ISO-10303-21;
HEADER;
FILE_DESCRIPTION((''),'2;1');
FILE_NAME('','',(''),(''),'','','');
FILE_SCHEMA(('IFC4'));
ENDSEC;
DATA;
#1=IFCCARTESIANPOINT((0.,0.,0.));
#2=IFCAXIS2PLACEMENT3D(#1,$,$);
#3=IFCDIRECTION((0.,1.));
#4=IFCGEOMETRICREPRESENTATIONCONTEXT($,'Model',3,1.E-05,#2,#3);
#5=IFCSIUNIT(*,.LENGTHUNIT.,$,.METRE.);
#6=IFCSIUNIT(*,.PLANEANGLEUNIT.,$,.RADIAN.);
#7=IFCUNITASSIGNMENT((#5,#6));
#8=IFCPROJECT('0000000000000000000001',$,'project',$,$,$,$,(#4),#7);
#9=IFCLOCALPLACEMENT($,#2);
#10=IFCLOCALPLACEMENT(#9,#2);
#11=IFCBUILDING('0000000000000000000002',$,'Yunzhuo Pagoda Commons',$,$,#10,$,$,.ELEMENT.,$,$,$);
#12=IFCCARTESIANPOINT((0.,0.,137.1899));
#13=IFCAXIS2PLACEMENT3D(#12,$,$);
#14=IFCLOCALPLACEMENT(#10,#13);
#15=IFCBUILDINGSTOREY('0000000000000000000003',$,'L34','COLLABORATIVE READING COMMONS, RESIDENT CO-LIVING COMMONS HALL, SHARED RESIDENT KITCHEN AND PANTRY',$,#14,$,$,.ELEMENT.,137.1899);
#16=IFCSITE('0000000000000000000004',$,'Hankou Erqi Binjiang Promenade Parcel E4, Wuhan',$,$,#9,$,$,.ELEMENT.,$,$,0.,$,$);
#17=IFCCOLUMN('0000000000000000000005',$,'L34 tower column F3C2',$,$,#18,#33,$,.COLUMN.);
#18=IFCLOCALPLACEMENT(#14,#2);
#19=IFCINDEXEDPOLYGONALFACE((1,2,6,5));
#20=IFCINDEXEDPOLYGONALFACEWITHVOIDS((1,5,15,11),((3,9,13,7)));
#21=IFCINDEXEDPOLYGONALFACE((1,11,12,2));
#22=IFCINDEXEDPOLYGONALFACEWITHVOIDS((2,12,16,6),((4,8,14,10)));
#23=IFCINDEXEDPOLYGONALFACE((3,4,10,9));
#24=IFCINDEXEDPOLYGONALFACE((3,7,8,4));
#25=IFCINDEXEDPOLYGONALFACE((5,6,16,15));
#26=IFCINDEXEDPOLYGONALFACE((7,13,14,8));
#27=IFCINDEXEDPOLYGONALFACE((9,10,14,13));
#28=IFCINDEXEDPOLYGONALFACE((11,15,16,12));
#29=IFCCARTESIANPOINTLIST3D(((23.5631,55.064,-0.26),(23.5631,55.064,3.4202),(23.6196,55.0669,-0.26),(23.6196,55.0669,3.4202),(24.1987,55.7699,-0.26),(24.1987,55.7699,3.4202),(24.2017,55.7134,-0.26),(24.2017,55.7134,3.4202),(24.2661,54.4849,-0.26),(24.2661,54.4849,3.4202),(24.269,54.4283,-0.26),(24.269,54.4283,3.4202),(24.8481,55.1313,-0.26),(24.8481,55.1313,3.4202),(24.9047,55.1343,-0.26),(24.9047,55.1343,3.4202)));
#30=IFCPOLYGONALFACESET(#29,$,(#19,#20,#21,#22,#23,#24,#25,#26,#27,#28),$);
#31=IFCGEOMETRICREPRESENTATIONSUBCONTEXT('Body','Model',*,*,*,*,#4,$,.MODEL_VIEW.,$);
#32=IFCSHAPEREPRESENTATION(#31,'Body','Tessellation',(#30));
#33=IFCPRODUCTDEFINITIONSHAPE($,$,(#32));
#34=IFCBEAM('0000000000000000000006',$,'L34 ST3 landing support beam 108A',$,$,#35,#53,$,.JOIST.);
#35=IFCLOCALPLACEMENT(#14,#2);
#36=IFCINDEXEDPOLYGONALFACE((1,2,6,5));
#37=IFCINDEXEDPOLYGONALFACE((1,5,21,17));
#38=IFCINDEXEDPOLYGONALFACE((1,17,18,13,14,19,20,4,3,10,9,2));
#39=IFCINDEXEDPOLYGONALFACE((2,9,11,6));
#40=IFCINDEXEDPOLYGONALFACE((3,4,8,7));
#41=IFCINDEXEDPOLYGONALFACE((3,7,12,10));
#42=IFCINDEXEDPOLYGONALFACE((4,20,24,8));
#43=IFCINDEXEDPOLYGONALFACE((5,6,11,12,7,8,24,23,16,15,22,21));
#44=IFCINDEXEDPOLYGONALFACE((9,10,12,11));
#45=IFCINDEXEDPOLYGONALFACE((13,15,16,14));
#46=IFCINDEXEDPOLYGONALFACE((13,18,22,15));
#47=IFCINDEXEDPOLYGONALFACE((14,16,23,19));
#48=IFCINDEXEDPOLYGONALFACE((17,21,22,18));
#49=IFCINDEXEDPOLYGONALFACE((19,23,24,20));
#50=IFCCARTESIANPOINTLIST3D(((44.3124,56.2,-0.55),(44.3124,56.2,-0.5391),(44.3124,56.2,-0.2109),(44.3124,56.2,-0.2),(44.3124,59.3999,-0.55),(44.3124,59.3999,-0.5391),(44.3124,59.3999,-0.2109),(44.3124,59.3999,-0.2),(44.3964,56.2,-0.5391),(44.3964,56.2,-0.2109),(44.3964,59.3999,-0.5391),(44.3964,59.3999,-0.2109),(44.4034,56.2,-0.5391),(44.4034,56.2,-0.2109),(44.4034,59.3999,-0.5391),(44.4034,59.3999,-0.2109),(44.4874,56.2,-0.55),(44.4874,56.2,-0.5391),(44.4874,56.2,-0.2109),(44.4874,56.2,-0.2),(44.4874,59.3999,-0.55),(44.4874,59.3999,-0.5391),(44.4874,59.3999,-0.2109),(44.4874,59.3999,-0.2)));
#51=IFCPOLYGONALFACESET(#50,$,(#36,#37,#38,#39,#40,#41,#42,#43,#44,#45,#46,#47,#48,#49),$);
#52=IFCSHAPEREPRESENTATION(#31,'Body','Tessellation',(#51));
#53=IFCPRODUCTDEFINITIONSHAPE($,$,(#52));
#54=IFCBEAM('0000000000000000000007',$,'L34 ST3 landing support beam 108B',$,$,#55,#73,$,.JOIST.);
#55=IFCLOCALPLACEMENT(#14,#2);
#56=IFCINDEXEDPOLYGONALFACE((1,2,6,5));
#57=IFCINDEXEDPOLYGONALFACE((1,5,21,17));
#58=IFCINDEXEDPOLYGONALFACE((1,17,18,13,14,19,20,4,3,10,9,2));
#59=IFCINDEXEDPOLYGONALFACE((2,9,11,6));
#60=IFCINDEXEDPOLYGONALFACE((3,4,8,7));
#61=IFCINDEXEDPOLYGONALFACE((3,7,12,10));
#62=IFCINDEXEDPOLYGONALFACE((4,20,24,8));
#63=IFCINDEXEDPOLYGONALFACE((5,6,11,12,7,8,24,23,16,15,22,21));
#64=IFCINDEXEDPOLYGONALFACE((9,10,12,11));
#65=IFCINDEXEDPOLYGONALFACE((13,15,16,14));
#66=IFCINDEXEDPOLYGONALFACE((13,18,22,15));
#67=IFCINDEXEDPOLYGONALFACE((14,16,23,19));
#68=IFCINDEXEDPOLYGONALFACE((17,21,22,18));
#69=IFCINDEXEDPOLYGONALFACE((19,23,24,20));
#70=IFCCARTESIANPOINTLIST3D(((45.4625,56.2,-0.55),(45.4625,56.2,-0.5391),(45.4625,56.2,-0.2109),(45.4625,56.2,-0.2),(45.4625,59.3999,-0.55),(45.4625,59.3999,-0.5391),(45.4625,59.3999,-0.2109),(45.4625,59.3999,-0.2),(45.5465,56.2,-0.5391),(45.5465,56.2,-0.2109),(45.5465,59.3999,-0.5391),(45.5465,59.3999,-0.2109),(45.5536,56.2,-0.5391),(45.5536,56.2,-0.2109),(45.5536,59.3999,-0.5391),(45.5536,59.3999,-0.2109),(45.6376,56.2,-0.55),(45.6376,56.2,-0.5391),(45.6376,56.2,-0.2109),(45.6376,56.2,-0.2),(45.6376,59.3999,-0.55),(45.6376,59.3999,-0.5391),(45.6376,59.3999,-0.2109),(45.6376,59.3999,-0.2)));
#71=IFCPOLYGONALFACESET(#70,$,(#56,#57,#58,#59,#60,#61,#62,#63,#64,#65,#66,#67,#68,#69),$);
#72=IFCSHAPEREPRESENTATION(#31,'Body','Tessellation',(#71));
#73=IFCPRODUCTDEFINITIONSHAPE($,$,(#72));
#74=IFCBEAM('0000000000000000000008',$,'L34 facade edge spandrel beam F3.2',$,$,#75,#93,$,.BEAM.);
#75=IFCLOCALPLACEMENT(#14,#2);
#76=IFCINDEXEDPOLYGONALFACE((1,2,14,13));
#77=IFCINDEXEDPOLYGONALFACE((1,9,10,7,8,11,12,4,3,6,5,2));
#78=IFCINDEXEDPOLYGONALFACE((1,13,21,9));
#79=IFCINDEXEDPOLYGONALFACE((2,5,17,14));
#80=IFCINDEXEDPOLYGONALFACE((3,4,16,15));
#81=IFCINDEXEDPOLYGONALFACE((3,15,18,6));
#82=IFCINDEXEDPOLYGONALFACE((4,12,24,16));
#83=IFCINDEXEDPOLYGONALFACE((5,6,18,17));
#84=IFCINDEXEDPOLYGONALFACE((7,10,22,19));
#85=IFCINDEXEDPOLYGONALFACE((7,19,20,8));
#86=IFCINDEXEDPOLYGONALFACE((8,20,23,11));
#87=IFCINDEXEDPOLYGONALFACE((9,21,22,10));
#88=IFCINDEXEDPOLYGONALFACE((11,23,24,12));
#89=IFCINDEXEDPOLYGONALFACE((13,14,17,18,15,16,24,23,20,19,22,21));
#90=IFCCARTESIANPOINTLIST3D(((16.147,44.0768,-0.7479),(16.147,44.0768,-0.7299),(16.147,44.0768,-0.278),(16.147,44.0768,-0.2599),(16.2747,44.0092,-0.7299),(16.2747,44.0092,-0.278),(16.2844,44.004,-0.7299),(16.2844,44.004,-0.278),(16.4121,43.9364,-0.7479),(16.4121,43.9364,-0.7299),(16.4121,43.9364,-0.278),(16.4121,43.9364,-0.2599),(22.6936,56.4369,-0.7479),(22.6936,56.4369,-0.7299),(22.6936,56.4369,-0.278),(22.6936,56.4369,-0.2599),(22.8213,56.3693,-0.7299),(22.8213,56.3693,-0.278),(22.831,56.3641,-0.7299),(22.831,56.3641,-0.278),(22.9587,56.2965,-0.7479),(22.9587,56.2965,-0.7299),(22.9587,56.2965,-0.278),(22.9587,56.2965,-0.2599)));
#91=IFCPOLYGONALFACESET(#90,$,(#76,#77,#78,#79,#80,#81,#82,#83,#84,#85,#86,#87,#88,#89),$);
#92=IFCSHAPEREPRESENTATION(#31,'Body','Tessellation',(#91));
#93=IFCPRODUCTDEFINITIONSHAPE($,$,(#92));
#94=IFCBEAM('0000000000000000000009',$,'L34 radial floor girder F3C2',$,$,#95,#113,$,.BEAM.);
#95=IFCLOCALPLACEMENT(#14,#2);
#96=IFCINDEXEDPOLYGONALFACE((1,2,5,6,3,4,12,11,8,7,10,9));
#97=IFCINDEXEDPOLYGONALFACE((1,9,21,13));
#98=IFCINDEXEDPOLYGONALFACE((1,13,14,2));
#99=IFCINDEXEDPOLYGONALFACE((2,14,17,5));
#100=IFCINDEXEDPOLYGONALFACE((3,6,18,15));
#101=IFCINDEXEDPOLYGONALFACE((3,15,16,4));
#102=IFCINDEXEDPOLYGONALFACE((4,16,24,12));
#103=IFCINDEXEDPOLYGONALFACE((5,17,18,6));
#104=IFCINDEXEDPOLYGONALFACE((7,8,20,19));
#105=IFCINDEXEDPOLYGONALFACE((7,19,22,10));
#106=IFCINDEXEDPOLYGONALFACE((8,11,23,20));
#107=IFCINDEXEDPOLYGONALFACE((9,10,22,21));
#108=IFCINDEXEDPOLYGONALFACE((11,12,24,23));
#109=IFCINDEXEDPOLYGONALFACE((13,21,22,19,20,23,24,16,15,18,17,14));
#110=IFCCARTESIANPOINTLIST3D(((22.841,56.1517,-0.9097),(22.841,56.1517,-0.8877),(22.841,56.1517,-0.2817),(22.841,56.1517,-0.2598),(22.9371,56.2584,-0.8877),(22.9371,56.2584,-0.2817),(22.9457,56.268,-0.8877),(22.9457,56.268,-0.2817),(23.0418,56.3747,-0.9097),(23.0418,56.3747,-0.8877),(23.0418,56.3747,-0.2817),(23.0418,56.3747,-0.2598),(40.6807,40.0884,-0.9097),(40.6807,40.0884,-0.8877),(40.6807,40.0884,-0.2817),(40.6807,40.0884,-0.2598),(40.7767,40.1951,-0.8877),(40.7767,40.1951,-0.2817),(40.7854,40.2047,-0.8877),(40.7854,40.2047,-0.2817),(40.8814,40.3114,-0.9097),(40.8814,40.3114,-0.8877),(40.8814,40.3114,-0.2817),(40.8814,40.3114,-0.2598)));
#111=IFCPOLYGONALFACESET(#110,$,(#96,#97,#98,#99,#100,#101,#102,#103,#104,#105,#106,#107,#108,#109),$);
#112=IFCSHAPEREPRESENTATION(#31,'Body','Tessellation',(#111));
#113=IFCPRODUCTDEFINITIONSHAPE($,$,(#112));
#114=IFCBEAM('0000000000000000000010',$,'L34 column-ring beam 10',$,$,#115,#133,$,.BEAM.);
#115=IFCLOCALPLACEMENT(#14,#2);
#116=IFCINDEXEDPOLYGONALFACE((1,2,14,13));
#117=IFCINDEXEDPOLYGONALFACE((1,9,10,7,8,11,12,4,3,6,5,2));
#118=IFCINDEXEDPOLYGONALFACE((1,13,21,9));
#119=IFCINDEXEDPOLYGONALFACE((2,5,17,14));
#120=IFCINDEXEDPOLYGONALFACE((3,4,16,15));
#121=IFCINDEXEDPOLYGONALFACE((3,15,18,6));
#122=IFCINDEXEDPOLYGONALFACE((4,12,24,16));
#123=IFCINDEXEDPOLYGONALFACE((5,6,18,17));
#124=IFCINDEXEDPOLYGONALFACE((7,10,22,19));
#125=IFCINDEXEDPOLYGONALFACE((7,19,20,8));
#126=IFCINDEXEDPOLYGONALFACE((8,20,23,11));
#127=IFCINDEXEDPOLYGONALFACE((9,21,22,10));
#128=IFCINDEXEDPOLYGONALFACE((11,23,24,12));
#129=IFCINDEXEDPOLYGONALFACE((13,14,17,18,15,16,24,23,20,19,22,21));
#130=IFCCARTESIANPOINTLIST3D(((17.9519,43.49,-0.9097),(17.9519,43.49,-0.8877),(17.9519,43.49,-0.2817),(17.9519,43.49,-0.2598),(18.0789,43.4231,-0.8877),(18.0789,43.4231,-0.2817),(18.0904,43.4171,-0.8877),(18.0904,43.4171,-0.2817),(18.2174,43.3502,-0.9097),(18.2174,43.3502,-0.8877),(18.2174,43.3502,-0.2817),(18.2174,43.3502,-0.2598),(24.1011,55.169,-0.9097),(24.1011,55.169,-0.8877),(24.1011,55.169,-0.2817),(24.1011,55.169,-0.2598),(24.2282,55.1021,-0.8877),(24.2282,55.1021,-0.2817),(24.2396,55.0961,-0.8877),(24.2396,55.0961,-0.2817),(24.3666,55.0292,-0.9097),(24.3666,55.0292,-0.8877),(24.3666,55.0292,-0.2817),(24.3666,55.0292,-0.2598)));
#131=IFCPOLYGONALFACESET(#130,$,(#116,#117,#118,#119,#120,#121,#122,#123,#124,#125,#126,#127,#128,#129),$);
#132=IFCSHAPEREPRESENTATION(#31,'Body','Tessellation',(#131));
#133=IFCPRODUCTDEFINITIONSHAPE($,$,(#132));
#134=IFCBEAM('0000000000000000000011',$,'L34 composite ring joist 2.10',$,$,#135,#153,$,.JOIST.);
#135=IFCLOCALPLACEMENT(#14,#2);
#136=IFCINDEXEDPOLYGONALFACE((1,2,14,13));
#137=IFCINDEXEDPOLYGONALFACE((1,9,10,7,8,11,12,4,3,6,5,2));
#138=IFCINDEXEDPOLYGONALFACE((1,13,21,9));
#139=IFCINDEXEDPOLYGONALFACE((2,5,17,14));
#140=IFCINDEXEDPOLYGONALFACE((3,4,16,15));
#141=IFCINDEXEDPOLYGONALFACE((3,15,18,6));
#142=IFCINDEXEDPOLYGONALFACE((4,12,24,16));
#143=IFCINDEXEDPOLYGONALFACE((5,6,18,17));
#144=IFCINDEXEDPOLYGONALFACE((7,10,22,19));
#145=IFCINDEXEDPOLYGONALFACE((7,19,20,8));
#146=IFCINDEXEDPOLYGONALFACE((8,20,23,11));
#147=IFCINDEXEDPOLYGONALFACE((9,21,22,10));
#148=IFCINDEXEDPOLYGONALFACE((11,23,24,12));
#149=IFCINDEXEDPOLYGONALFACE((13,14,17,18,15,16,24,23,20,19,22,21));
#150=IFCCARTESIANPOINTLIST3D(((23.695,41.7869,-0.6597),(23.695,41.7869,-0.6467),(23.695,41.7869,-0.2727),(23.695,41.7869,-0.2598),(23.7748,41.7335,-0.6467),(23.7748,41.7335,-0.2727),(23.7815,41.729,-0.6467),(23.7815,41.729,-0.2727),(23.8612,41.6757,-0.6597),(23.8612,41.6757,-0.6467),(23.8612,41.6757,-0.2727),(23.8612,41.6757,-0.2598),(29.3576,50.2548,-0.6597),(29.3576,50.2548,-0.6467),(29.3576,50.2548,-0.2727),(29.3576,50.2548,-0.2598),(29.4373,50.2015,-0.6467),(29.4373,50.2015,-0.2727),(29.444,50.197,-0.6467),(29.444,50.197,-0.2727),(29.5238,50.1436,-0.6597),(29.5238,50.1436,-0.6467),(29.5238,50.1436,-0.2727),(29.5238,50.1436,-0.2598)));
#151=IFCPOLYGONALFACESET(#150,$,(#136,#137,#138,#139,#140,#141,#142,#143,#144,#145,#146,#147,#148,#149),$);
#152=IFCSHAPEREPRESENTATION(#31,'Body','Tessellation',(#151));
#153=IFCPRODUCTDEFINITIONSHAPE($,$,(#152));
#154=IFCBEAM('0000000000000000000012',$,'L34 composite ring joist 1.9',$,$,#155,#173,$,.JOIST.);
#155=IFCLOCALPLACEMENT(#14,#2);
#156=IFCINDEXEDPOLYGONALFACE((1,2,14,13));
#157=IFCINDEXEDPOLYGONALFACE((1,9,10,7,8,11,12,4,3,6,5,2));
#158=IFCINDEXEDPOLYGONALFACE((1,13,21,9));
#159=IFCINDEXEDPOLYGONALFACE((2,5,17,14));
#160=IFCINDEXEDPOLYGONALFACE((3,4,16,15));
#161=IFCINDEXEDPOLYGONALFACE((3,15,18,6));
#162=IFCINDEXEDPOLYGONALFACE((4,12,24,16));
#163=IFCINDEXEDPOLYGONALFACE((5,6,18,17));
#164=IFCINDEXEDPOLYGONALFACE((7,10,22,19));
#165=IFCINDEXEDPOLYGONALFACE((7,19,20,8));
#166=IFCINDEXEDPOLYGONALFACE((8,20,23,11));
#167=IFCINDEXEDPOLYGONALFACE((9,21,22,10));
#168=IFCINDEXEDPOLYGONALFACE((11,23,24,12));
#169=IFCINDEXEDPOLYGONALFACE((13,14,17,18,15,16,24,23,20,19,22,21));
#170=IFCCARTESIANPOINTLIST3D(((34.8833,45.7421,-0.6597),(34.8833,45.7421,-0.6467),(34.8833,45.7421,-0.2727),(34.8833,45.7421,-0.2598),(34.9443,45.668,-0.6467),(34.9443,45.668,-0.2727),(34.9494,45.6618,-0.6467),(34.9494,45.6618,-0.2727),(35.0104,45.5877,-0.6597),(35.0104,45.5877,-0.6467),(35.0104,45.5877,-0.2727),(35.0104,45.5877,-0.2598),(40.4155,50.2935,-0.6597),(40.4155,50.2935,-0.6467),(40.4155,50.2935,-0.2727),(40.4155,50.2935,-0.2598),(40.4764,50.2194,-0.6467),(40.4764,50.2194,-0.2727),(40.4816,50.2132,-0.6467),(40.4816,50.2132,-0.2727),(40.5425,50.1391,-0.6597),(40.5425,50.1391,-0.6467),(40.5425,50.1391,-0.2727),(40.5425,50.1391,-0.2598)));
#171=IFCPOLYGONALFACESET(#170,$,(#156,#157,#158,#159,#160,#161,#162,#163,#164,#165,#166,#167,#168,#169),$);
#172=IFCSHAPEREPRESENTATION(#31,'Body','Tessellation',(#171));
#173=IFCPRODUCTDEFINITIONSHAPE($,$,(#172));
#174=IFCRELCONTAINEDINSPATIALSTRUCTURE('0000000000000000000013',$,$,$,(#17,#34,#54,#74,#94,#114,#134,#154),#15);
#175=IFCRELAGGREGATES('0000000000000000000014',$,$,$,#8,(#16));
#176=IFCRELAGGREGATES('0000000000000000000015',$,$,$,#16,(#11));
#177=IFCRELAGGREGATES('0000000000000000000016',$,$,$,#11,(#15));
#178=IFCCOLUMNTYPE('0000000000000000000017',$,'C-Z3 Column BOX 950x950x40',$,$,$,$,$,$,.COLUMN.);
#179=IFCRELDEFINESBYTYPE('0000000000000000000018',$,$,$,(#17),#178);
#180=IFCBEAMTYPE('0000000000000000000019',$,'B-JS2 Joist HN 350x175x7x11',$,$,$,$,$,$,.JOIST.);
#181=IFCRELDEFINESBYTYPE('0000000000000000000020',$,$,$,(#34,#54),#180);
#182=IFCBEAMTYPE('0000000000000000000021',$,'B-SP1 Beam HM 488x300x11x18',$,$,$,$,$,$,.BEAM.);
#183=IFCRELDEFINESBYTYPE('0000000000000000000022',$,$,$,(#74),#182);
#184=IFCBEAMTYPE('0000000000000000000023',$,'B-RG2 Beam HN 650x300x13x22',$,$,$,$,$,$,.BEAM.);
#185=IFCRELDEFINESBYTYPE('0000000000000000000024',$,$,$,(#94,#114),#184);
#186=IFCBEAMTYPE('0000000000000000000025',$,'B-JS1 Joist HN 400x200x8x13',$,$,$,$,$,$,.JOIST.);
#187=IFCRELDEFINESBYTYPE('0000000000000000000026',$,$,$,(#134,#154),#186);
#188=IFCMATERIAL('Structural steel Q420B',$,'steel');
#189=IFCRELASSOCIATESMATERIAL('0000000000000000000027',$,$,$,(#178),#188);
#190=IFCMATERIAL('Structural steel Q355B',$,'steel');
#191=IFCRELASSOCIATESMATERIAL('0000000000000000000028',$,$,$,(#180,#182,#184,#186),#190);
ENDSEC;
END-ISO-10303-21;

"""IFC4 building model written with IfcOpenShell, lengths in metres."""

from ifc_helpers import new_model, si_unit, direction, frame, origin, origin_2d, place, context, subcontext, project, spatial, hollow_rectangle, i_section, extrude, source, transform, mapped, material, material_profile, profile_set, type_object, element, save


model = new_model("IFC4")

# Units and contexts
model_context = context("Model", 3, precision=1e-05, world=origin(), true_north=direction((0.0, 1.0)))
body_context = subcontext(model_context, "Body", "Model", "MODEL_VIEW")
ifc_project = project(units=[si_unit("LENGTHUNIT", "METRE"), si_unit("PLANEANGLEUNIT", "RADIAN")], contexts=[model_context])

# Site, building, storey
site_placement = place(None, origin())
site = spatial("IfcSite", under=ifc_project, at=site_placement, Name="Hankou Erqi Binjiang Promenade Parcel E4, Wuhan", CompositionType="ELEMENT", RefElevation=0.0)
building_placement = place(site_placement, origin())
building = spatial("IfcBuilding", under=site, at=building_placement, Name="Yunzhuo Pagoda Commons", CompositionType="ELEMENT")
storey_placement = place(building_placement, frame((0.0, 0.0, 137.1899)))
storey = spatial("IfcBuildingStorey", under=building, at=storey_placement, Name="L34", Description="COLLABORATIVE READING COMMONS, RESIDENT CO-LIVING COMMONS HALL, SHARED RESIDENT KITCHEN AND PANTRY", CompositionType="ELEMENT", Elevation=137.1899)

# Column
ifc_material_1 = material(Name="Structural steel Q420B", Category="steel")
ifc_material_profile_1 = material_profile(ifc_material_1, hollow_rectangle(XDim=0.95, YDim=0.95, WallThickness=0.04, at=origin_2d()), Name="Structural steel Q420B")
ifc_profile_set_1 = profile_set([ifc_material_profile_1], Name="Structural steel Q420B")
column_type = type_object("IfcColumnType", Name="C-Z3 Column BOX 950x950x40", PredefinedType="COLUMN", material=ifc_profile_set_1)
shared_shape_1 = source(origin(), body_context, "Body", "SweptSolid", [
    extrude(hollow_rectangle(XDim=0.95, YDim=0.95, WallThickness=0.04, at=origin_2d()), origin(), (0.0, 0.0, 1.0), 3.6802),
])
column_placement = place(storey_placement, frame((24.2339, 55.0991, -0.26), z_axis=(0.0, 0.0, 1.0), x_axis=(-0.669131, -0.743145, 0.0)))
element("IfcColumn", 1, at=column_placement, inside=storey, type_object=column_type, Name="L34 tower column F3C2", PredefinedType="COLUMN", context=body_context, shape_type="MappedRepresentation", body=[
    mapped(shared_shape_1, transform((0.0, 0.0, 0.0), scale=1.0)),
])

# Beams
ifc_material_2 = material(Name="Structural steel Q355B", Category="steel")
ifc_material_profile_2 = material_profile(ifc_material_2, i_section(OverallWidth=0.175, OverallDepth=0.3501, WebThickness=0.0071, FlangeThickness=0.011, at=origin_2d()), Name="Structural steel Q355B")
ifc_profile_set_2 = profile_set([ifc_material_profile_2], Name="Structural steel Q355B")
beam_type_1 = type_object("IfcBeamType", Name="B-JS2 Joist HN 350x175x7x11", PredefinedType="JOIST", material=ifc_profile_set_2)
shared_shape_2 = source(origin(), body_context, "Body", "SweptSolid", [
    extrude(i_section(OverallWidth=0.175, OverallDepth=0.3501, WebThickness=0.0071, FlangeThickness=0.011, at=origin_2d()), origin(), (0.0, 0.0, 1.0), 3.2),
])
for number, where, z_axis, x_axis, name in (
    (2, (44.3999, 56.2, -0.375), (0.0, 1.0, 0.0), (-1.0, 0.0, 0.0), "L34 ST3 landing support beam 108A"),
    (3, (45.55, 56.2, -0.375), (0.0, 1.0, 0.0), (-1.0, 0.0, 0.0), "L34 ST3 landing support beam 108B"),
):
    element("IfcBeam", number, at=place(storey_placement, frame(where, z_axis=z_axis, x_axis=x_axis)), inside=storey, type_object=beam_type_1, Name=name, PredefinedType="JOIST", context=body_context, shape_type="MappedRepresentation", body=[
        mapped(shared_shape_2, transform((0.0, 0.0, 0.0), scale=1.0)),
    ])
ifc_material_profile_3 = material_profile(ifc_material_2, i_section(OverallWidth=0.3, OverallDepth=0.488, WebThickness=0.011, FlangeThickness=0.0181, at=origin_2d()), Name="Structural steel Q355B")
ifc_profile_set_3 = profile_set([ifc_material_profile_3], Name="Structural steel Q355B")
beam_type_2 = type_object("IfcBeamType", Name="B-SP1 Beam HM 488x300x11x18", PredefinedType="BEAM", material=ifc_profile_set_3)
shared_shape_3 = source(origin(), body_context, "Body", "SweptSolid", [
    extrude(i_section(OverallWidth=0.3, OverallDepth=0.488, WebThickness=0.011, FlangeThickness=0.0181, at=origin_2d()), origin(), (0.0, 0.0, 1.0), 13.9868),
])
beam_1_placement = place(storey_placement, frame((22.8262, 56.3667, -0.5039), z_axis=(-0.468058, -0.883698, 0.0), x_axis=(0.883698, -0.468058, 0.0)))
element("IfcBeam", 4, at=beam_1_placement, inside=storey, type_object=beam_type_2, Name="L34 facade edge spandrel beam F3.2", PredefinedType="BEAM", context=body_context, shape_type="MappedRepresentation", body=[
    mapped(shared_shape_3, transform((0.0, 0.0, 0.0), scale=1.0)),
])
ifc_material_profile_4 = material_profile(ifc_material_2, i_section(OverallWidth=0.3, OverallDepth=0.6499, WebThickness=0.0129, FlangeThickness=0.022, at=origin_2d()), Name="Structural steel Q355B")
ifc_profile_set_4 = profile_set([ifc_material_profile_4], Name="Structural steel Q355B")
beam_type_3 = type_object("IfcBeamType", Name="B-RG2 Beam HN 650x300x13x22", PredefinedType="BEAM", material=ifc_profile_set_4)
shared_shape_4 = source(origin(), body_context, "Body", "SweptSolid", [
    extrude(i_section(OverallWidth=0.3, OverallDepth=0.6499, WebThickness=0.0129, FlangeThickness=0.022, at=origin_2d()), origin(), (0.0, 0.0, 1.0), 24.0059),
])
beam_2_placement = place(storey_placement, frame((22.9414, 56.2632, -0.5847), z_axis=(0.743137, -0.669139, 0.0), x_axis=(0.669139, 0.743137, 0.0)))
element("IfcBeam", 5, at=beam_2_placement, inside=storey, type_object=beam_type_3, Name="L34 radial floor girder F3C2", PredefinedType="BEAM", context=body_context, shape_type="MappedRepresentation", body=[
    mapped(shared_shape_4, transform((0.0, 0.0, 0.0), scale=1.0)),
])
shared_shape_5 = source(origin(), body_context, "Body", "SweptSolid", [
    extrude(i_section(OverallWidth=0.3, OverallDepth=0.6499, WebThickness=0.0129, FlangeThickness=0.022, at=origin_2d()), origin(), (0.0, 0.0, 1.0), 13.199),
])
beam_3_placement = place(storey_placement, frame((24.2339, 55.0991, -0.5847), z_axis=(-0.465886, -0.884845, 0.0), x_axis=(0.884845, -0.465886, 0.0)))
element("IfcBeam", 6, at=beam_3_placement, inside=storey, type_object=beam_type_3, Name="L34 column-ring beam 10", PredefinedType="BEAM", context=body_context, shape_type="MappedRepresentation", body=[
    mapped(shared_shape_5, transform((0.0, 0.0, 0.0), scale=1.0)),
])
ifc_material_profile_5 = material_profile(ifc_material_2, i_section(OverallWidth=0.2, OverallDepth=0.3999, WebThickness=0.0081, FlangeThickness=0.0129, at=origin_2d()), Name="Structural steel Q355B")
ifc_profile_set_5 = profile_set([ifc_material_profile_5], Name="Structural steel Q355B")
beam_type_4 = type_object("IfcBeamType", Name="B-JS1 Joist HN 400x200x8x13", PredefinedType="JOIST", material=ifc_profile_set_5)
shared_shape_6 = source(origin(), body_context, "Body", "SweptSolid", [
    extrude(i_section(OverallWidth=0.2, OverallDepth=0.3999, WebThickness=0.0081, FlangeThickness=0.0129, at=origin_2d()), origin(), (0.0, 0.0, 1.0), 10.1868),
])
beam_4_placement = place(storey_placement, frame((29.4407, 50.1992, -0.4597), z_axis=(-0.555872, -0.831268, 0.0), x_axis=(0.831268, -0.555872, 0.0)))
element("IfcBeam", 7, at=beam_4_placement, inside=storey, type_object=beam_type_4, Name="L34 composite ring joist 2.10", PredefinedType="JOIST", context=body_context, shape_type="MappedRepresentation", body=[
    mapped(shared_shape_6, transform((0.0, 0.0, 0.0), scale=1.0)),
])
shared_shape_7 = source(origin(), body_context, "Body", "SweptSolid", [
    extrude(i_section(OverallWidth=0.2, OverallDepth=0.3999, WebThickness=0.0081, FlangeThickness=0.0129, at=origin_2d()), origin(), (0.0, 0.0, 1.0), 7.1638),
])
beam_5_placement = place(storey_placement, frame((40.479, 50.2163, -0.4597), z_axis=(-0.772234, -0.635338, 0.0), x_axis=(0.635338, -0.772234, 0.0)))
element("IfcBeam", 8, at=beam_5_placement, inside=storey, type_object=beam_type_4, Name="L34 composite ring joist 1.9", PredefinedType="JOIST", context=body_context, shape_type="MappedRepresentation", body=[
    mapped(shared_shape_7, transform((0.0, 0.0, 0.0), scale=1.0)),
])

save(model, "model.ifc")
